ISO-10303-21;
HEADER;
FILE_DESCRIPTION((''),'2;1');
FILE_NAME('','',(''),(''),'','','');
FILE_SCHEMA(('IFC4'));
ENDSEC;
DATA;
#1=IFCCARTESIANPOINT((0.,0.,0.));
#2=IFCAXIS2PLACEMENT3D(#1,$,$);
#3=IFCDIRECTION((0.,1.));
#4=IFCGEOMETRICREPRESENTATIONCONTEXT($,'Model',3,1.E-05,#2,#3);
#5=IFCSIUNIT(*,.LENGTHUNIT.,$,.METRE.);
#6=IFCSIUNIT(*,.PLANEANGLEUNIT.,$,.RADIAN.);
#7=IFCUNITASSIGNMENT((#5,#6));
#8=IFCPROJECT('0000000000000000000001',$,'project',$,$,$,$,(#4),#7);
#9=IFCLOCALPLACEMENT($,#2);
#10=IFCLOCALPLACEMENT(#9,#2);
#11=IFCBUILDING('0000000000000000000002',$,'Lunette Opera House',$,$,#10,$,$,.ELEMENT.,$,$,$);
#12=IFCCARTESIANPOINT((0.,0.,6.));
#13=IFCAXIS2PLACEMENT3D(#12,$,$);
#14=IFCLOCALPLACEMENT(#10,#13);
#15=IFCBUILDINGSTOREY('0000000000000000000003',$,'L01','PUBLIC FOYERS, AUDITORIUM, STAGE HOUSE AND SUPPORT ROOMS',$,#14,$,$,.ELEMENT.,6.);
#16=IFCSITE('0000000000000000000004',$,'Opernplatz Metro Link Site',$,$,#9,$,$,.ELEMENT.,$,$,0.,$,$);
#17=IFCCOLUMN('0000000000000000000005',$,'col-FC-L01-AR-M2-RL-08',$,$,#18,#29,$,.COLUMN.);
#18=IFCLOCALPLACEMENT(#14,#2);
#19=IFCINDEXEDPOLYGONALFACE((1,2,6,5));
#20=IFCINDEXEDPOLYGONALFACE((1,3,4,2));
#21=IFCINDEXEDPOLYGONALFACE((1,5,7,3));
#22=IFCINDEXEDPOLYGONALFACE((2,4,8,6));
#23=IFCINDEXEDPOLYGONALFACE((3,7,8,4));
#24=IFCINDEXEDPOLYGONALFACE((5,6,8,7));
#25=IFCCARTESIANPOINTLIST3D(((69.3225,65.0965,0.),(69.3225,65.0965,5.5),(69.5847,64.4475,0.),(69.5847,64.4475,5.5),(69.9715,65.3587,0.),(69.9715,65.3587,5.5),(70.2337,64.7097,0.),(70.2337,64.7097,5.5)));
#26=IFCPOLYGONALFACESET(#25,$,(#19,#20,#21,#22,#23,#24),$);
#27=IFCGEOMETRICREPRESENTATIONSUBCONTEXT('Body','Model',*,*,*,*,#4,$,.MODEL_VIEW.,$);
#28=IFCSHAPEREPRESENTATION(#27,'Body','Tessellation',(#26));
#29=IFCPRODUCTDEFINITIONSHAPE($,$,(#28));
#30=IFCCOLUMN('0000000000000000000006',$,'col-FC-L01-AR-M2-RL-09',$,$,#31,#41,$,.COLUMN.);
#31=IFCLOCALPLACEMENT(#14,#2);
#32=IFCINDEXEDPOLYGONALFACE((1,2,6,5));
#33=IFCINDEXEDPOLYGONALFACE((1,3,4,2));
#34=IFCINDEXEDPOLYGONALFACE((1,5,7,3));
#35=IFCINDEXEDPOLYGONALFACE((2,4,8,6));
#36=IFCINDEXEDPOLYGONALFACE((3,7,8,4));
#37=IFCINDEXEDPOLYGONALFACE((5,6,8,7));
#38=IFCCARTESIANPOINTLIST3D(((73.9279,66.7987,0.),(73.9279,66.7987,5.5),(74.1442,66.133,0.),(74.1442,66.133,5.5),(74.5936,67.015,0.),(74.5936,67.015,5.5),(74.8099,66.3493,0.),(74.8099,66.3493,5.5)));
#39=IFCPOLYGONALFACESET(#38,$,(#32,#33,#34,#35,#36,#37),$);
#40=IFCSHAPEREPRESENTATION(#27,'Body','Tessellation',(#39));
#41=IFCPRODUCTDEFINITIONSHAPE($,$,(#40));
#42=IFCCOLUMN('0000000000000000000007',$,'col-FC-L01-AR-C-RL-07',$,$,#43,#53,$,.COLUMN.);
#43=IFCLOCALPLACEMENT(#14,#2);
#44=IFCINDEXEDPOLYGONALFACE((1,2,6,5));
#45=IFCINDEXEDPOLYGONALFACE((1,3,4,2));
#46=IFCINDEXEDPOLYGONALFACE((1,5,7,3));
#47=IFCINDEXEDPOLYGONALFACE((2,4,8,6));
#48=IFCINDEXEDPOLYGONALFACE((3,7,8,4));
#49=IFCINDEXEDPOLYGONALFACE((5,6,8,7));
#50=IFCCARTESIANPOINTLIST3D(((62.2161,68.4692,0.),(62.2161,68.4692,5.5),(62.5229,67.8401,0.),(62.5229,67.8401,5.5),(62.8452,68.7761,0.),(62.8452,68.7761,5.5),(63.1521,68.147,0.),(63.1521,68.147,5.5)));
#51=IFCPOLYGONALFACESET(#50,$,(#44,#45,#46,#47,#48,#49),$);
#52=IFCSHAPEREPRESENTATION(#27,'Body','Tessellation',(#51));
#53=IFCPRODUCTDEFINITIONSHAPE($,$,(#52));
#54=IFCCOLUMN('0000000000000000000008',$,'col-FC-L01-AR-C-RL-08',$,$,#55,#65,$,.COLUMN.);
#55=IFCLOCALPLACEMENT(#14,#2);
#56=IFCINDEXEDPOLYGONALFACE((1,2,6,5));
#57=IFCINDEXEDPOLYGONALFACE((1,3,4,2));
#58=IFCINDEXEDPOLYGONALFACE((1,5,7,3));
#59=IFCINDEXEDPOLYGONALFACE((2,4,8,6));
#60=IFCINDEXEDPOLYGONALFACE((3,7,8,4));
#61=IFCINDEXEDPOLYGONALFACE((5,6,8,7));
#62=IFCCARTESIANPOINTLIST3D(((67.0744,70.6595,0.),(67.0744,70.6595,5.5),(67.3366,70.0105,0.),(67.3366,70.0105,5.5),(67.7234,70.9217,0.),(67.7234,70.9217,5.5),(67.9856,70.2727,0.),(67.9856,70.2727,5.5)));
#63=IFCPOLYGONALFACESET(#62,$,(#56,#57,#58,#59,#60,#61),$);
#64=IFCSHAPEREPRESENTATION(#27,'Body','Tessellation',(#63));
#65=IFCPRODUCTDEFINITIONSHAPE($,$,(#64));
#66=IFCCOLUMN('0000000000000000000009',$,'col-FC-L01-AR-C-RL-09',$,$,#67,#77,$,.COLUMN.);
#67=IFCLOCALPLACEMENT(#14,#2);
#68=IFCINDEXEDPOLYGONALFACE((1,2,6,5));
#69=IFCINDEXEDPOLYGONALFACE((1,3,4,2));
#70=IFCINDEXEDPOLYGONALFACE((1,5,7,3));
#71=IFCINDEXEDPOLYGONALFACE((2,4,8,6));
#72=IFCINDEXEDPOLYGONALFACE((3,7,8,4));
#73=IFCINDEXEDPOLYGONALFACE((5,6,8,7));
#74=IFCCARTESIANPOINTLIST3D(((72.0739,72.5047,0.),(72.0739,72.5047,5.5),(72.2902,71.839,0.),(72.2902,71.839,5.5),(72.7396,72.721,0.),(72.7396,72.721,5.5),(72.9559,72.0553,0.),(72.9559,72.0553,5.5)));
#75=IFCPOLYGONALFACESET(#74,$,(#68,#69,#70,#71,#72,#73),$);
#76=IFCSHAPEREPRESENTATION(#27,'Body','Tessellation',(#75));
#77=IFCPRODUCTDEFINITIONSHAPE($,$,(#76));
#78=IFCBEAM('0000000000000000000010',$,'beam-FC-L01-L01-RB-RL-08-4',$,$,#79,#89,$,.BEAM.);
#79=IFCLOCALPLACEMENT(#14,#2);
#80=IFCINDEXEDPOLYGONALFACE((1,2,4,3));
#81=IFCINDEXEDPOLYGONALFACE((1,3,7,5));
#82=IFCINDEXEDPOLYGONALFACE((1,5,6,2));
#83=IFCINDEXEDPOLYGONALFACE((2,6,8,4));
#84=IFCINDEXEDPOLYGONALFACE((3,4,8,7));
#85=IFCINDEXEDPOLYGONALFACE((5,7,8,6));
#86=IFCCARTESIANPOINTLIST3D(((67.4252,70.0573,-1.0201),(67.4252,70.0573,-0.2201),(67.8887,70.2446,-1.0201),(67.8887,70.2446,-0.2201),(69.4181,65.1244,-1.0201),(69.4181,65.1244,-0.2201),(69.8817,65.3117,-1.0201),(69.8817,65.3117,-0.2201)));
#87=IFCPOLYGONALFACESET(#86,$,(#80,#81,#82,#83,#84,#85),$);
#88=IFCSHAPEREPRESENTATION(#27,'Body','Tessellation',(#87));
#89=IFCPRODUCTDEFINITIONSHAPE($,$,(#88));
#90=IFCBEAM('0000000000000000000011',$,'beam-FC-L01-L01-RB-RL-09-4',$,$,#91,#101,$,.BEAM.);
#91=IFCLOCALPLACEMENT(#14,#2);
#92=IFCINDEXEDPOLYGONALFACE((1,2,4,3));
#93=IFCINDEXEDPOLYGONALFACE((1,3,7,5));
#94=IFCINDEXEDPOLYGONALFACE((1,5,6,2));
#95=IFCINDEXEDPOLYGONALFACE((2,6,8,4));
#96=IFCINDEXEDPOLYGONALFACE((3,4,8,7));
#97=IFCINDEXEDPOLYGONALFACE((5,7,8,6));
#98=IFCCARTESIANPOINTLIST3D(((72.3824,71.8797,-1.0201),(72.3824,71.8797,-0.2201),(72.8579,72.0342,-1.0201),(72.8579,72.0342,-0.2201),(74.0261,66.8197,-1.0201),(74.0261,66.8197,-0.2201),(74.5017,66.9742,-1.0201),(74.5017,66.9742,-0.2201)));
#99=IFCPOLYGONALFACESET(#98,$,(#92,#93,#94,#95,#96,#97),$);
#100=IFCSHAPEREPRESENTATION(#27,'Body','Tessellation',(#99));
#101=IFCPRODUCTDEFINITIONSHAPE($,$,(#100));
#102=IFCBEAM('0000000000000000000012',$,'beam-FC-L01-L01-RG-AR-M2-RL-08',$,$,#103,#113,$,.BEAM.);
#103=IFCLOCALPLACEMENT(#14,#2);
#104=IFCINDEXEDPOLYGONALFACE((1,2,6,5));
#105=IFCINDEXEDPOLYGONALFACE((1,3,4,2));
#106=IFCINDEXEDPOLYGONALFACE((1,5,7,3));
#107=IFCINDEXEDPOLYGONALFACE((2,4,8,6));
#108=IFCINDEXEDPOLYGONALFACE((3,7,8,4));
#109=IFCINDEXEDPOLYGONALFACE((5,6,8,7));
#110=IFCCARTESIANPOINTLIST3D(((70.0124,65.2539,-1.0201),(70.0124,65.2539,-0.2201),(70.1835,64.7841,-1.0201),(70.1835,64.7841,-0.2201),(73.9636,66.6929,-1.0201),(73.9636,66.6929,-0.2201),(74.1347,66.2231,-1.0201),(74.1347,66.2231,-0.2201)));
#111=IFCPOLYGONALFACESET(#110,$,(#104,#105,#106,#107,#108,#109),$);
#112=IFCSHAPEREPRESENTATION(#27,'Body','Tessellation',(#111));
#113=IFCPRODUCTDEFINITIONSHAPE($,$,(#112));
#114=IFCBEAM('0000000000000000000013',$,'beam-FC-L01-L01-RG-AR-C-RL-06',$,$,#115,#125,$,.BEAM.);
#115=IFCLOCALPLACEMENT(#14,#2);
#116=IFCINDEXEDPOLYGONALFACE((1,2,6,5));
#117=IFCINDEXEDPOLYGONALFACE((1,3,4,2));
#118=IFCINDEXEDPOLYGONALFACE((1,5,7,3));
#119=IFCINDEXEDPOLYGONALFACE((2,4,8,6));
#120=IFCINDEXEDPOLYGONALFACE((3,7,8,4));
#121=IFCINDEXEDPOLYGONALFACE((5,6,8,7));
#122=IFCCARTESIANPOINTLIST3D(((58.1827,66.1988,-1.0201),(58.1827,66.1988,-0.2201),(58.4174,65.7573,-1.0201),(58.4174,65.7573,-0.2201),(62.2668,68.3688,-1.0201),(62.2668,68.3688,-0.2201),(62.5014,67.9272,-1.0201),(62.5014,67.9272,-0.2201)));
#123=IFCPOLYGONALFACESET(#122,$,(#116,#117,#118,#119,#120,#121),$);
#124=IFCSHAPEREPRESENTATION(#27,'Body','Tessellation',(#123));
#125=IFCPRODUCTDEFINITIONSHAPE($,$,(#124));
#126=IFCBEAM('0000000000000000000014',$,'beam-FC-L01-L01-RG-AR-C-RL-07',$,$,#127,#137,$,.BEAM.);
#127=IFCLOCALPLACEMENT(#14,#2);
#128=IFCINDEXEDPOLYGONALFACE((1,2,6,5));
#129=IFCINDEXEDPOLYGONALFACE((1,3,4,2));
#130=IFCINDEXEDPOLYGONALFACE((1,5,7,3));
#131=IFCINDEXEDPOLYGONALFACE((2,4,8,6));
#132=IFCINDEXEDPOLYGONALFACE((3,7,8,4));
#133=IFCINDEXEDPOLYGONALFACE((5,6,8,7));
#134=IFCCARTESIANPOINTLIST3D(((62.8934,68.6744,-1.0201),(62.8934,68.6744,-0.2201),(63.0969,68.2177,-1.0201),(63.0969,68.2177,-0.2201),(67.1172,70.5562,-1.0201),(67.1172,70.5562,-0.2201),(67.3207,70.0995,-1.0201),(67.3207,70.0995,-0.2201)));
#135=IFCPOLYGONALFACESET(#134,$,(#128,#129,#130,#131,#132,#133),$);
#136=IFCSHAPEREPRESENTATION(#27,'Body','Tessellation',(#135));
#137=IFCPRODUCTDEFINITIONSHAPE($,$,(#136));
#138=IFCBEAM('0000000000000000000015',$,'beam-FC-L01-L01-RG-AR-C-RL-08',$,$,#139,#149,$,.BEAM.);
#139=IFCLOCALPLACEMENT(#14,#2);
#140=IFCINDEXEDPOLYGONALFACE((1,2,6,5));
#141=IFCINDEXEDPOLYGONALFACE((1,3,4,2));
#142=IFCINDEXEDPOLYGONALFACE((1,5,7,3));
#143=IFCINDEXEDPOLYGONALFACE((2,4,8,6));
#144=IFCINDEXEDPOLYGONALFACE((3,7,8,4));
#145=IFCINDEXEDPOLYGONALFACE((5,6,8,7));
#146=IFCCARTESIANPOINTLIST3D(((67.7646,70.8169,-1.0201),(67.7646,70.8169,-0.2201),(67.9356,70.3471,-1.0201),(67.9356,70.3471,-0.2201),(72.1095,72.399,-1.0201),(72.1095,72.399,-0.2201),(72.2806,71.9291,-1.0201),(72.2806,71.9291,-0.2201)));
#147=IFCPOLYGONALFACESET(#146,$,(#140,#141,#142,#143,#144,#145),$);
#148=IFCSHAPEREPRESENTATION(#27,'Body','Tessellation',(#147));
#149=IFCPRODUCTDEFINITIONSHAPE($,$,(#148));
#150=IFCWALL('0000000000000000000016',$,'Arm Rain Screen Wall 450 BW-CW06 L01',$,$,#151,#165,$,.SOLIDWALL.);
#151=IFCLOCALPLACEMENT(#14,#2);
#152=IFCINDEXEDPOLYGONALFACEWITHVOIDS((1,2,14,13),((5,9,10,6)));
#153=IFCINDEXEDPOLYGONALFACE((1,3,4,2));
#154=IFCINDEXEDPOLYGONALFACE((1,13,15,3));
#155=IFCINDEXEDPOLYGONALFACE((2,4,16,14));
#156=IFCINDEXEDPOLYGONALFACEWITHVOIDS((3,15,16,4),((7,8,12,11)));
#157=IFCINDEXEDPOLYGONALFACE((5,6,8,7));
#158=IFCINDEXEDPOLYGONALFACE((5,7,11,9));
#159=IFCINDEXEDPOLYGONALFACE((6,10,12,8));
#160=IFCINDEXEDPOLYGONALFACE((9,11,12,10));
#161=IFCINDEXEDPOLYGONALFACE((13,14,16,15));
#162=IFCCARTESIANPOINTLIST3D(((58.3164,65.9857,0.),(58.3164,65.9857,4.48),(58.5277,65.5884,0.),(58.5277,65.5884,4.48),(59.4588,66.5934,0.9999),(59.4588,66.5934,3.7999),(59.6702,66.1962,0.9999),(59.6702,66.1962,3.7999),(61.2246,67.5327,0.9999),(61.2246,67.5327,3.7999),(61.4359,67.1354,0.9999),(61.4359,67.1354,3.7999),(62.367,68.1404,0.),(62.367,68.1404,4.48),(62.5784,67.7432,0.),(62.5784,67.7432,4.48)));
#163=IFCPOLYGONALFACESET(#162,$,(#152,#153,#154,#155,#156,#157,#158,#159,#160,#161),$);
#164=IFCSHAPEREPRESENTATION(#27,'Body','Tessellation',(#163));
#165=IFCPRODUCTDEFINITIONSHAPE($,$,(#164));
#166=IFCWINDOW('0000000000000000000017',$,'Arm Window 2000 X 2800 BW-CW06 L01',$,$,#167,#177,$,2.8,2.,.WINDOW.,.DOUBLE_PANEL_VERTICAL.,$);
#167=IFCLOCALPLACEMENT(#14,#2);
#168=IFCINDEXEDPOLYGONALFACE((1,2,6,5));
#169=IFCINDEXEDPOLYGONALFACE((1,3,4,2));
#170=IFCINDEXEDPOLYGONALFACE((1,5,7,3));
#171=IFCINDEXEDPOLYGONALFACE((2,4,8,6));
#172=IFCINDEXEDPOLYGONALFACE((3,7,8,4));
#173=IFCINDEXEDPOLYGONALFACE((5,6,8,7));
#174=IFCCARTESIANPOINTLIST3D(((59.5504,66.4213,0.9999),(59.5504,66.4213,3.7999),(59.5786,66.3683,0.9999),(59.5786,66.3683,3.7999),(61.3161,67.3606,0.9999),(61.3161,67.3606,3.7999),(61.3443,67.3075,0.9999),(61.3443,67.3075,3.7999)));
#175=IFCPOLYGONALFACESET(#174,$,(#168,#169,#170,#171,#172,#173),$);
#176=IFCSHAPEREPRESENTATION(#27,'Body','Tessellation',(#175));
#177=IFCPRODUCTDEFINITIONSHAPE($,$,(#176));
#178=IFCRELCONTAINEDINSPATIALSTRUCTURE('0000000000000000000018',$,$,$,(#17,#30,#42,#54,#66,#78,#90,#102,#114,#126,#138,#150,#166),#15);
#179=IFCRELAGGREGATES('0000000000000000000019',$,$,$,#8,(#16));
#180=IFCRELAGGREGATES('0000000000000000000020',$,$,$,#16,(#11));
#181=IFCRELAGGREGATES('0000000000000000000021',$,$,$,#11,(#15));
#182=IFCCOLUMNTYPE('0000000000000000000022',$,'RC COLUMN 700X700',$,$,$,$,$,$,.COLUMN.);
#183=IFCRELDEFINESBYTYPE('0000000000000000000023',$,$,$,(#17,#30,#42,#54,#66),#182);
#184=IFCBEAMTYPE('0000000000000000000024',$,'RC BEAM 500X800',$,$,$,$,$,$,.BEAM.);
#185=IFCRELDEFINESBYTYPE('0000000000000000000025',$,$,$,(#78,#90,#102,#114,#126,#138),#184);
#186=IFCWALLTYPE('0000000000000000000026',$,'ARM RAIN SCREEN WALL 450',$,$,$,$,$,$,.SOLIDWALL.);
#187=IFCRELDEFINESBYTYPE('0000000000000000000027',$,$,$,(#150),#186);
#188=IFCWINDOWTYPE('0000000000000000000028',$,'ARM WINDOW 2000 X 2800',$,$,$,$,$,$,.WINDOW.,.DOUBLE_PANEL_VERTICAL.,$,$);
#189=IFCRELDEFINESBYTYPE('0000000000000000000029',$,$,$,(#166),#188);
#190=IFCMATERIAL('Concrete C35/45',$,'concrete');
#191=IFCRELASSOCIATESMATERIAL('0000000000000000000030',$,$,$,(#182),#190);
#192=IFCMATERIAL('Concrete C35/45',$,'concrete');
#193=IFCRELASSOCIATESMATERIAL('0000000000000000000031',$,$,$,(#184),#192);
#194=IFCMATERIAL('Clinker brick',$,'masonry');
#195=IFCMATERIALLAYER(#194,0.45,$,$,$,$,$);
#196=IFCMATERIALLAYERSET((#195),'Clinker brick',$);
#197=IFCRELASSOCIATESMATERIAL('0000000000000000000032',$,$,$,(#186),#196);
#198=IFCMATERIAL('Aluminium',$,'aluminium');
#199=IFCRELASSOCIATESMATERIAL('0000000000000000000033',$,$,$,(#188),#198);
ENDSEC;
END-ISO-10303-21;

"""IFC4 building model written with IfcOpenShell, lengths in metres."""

from ifc_helpers import new_model, si_unit, direction, frame, frame_2d, origin, origin_2d, place, context, subcontext, project, spatial, rectangle, extrude, material, layer, layer_set, material_profile, profile_set, type_object, element, fill, save


model = new_model("IFC4")

# Units and contexts
model_context = context("Model", 3, precision=1e-05, world=origin(), true_north=direction((0.0, 1.0)))
body_context = subcontext(model_context, "Body", "Model", "MODEL_VIEW")
ifc_project = project(units=[si_unit("LENGTHUNIT", "METRE"), si_unit("PLANEANGLEUNIT", "RADIAN")], contexts=[model_context])

# Site, building, storey
site_placement = place(None, origin())
site = spatial("IfcSite", under=ifc_project, at=site_placement, Name="Opernplatz Metro Link Site", CompositionType="ELEMENT", RefElevation=0.0)
building_placement = place(site_placement, origin())
building = spatial("IfcBuilding", under=site, at=building_placement, Name="Lunette Opera House", CompositionType="ELEMENT")
storey_placement = place(building_placement, frame((0.0, 0.0, 6.0)))
storey = spatial("IfcBuildingStorey", under=building, at=storey_placement, Name="L01", Description="PUBLIC FOYERS, AUDITORIUM, STAGE HOUSE AND SUPPORT ROOMS", CompositionType="ELEMENT", Elevation=6.0)

# Columns
ifc_material_1 = material(Name="Concrete C35/45", Category="concrete")
ifc_material_profile_1 = material_profile(ifc_material_1, rectangle(XDim=0.7, YDim=0.7, at=origin_2d()), Name="RC COLUMN 700X700")
ifc_profile_set_1 = profile_set([ifc_material_profile_1], Name="Concrete C35/45")
column_type = type_object("IfcColumnType", Name="RC COLUMN 700X700", PredefinedType="COLUMN", material=ifc_profile_set_1)
for number, where, z_axis, x_axis, name in (
    (1, (69.7781, 64.9031, 0.0), (0.0, 0.0, 1.0), (0.927184, 0.374607, 0.0), "col-FC-L01-AR-M2-RL-08"),
    (2, (74.3689, 66.574, 0.0), (0.0, 0.0, 1.0), (0.951057, 0.309017, 0.0), "col-FC-L01-AR-M2-RL-09"),
    (3, (62.6841, 68.3081, 0.0), (0.0, 0.0, 1.0), (0.898794, 0.438371, 0.0), "col-FC-L01-AR-C-RL-07"),
    (4, (67.53, 70.4661, 0.0), (0.0, 0.0, 1.0), (0.927184, 0.374607, 0.0), "col-FC-L01-AR-C-RL-08"),
    (5, (72.5149, 72.28, 0.0), (0.0, 0.0, 1.0), (0.951057, 0.309017, 0.0), "col-FC-L01-AR-C-RL-09"),
):
    element("IfcColumn", number, at=place(storey_placement, frame(where, z_axis=z_axis, x_axis=x_axis)), inside=storey, type_object=column_type, Name=name, PredefinedType="COLUMN", context=body_context, shape_type="SweptSolid", body=[
        extrude(rectangle(XDim=0.7, YDim=0.7, at=origin_2d()), origin(), (0.0, 0.0, 1.0), 5.5),
    ])

# Beams
ifc_material_2 = material(Name="Concrete C35/45", Category="concrete")
ifc_material_profile_2 = material_profile(ifc_material_2, rectangle(XDim=0.5, YDim=0.8, at=origin_2d()), Name="RC BEAM 500X800")
ifc_profile_set_2 = profile_set([ifc_material_profile_2], Name="Concrete C35/45")
beam_type = type_object("IfcBeamType", Name="RC BEAM 500X800", PredefinedType="BEAM", material=ifc_profile_set_2)
for number, where, z_axis, x_axis, name in (
    (6, (69.6499, 65.218, -0.6201), (-0.374593, 0.927189, 0.0), (-0.927189, -0.374593, 0.0), "beam-FC-L01-L01-RB-RL-08-4"),
    (7, (74.2639, 66.897, -0.6201), (-0.308964, 0.951074, 0.0), (-0.951074, -0.308964, 0.0), "beam-FC-L01-L01-RB-RL-09-4"),
):
    element("IfcBeam", number, at=place(storey_placement, frame(where, z_axis=z_axis, x_axis=x_axis)), inside=storey, type_object=beam_type, Name=name, PredefinedType="BEAM", context=body_context, shape_type="SweptSolid", body=[
        extrude(rectangle(XDim=0.5, YDim=0.8, at=origin_2d()), origin(), (0.0, 0.0, 1.0), 5.3203),
    ])
beam_1_placement = place(storey_placement, frame((70.0979, 65.019, -0.6201), z_axis=(0.939627, 0.3422, 0.0), x_axis=(-0.3422, 0.939627, 0.0)))
element("IfcBeam", 8, at=beam_1_placement, inside=storey, type_object=beam_type, Name="beam-FC-L01-L01-RG-AR-M2-RL-08", PredefinedType="BEAM", context=body_context, shape_type="SweptSolid", body=[
    extrude(rectangle(XDim=0.5, YDim=0.8, at=origin_2d()), origin(), (0.0, 0.0, 1.0), 4.2051),
])
beam_2_placement = place(storey_placement, frame((58.3, 65.978, -0.6201), z_axis=(0.883088, 0.469207, 0.0), x_axis=(-0.469207, 0.883088, 0.0)))
element("IfcBeam", 9, at=beam_2_placement, inside=storey, type_object=beam_type, Name="beam-FC-L01-L01-RG-AR-C-RL-06", PredefinedType="BEAM", context=body_context, shape_type="SweptSolid", body=[
    extrude(rectangle(XDim=0.5, YDim=0.8, at=origin_2d()), origin(), (0.0, 0.0, 1.0), 4.6248),
])
for number, where, z_axis, x_axis, name in (
    (10, (62.9951, 68.446, -0.6201), (0.913445, 0.406961, 0.0), (-0.406961, 0.913445, 0.0), "beam-FC-L01-L01-RG-AR-C-RL-07"),
    (11, (67.8501, 70.582, -0.6201), (0.939652, 0.342133, 0.0), (-0.342133, 0.939652, 0.0), "beam-FC-L01-L01-RG-AR-C-RL-08"),
):
    element("IfcBeam", number, at=place(storey_placement, frame(where, z_axis=z_axis, x_axis=x_axis)), inside=storey, type_object=beam_type, Name=name, PredefinedType="BEAM", context=body_context, shape_type="SweptSolid", body=[
        extrude(rectangle(XDim=0.5, YDim=0.8, at=origin_2d()), origin(), (0.0, 0.0, 1.0), 4.624),
    ])

# Wall, opening, window
ifc_material_3 = material(Name="Clinker brick", Category="masonry")
ifc_layer_1 = layer(ifc_material_3, 0.45)
ifc_layer_set_1 = layer_set([ifc_layer_1], Name="Clinker brick")
wall_type_1 = type_object("IfcWallType", Name="ARM RAIN SCREEN WALL 450", PredefinedType="SOLIDWALL", material=ifc_layer_set_1)
wall_1_placement = place(storey_placement, frame((58.4221, 65.7871, 0.0), z_axis=(0.0, 0.0, 1.0), x_axis=(0.882862, 0.469632, 0.0)))
wall_1 = element("IfcWall", 12, at=wall_1_placement, inside=storey, type_object=wall_type_1, Name="Arm Rain Screen Wall 450 BW-CW06 L01", PredefinedType="SOLIDWALL", context=body_context, shape_type="SweptSolid", body=[
    extrude(rectangle(XDim=4.5881, YDim=0.45, at=frame_2d((2.2939, 0.0))), origin(), (0.0, 0.0, 1.0), 4.48),
])
opening_1_placement = place(wall_1_placement, frame((1.2939, 0.0, 1.0)))
opening_1 = element("IfcOpeningElement", 13, at=opening_1_placement, cuts=wall_1, PredefinedType="OPENING", context=body_context, shape_type="SweptSolid", body=[
    extrude(rectangle(XDim=2.0, YDim=2.8, at=frame_2d((1.0, 1.3999))), frame((0.0, 0.2371, 0.0), z_axis=(0.0, -1.0, 0.0), x_axis=(1.0, 0.0, 0.0)), (0.0, 0.0, 1.0), 0.4739),
])
ifc_material_4 = material(Name="Aluminium", Category="aluminium")
window_type = type_object("IfcWindowType", Name="ARM WINDOW 2000 X 2800", PartitioningType="DOUBLE_PANEL_VERTICAL", PredefinedType="WINDOW", material=ifc_material_4)
window_1_placement = place(opening_1_placement, origin())
window_1 = element("IfcWindow", 14, at=window_1_placement, inside=storey, type_object=window_type, Name="Arm Window 2000 X 2800 BW-CW06 L01", OverallHeight=2.8, OverallWidth=2.0, PartitioningType="DOUBLE_PANEL_VERTICAL", PredefinedType="WINDOW", context=body_context, shape_type="SweptSolid", body=[
    extrude(rectangle(XDim=2.0, YDim=2.8, at=frame_2d((1.0, 1.3999))), frame((0.0, 0.03, 0.0), z_axis=(0.0, -1.0, 0.0), x_axis=(1.0, 0.0, 0.0)), (0.0, 0.0, 1.0), 0.0601),
])
fill(opening_1, window_1)

save(model, "model.ifc")
